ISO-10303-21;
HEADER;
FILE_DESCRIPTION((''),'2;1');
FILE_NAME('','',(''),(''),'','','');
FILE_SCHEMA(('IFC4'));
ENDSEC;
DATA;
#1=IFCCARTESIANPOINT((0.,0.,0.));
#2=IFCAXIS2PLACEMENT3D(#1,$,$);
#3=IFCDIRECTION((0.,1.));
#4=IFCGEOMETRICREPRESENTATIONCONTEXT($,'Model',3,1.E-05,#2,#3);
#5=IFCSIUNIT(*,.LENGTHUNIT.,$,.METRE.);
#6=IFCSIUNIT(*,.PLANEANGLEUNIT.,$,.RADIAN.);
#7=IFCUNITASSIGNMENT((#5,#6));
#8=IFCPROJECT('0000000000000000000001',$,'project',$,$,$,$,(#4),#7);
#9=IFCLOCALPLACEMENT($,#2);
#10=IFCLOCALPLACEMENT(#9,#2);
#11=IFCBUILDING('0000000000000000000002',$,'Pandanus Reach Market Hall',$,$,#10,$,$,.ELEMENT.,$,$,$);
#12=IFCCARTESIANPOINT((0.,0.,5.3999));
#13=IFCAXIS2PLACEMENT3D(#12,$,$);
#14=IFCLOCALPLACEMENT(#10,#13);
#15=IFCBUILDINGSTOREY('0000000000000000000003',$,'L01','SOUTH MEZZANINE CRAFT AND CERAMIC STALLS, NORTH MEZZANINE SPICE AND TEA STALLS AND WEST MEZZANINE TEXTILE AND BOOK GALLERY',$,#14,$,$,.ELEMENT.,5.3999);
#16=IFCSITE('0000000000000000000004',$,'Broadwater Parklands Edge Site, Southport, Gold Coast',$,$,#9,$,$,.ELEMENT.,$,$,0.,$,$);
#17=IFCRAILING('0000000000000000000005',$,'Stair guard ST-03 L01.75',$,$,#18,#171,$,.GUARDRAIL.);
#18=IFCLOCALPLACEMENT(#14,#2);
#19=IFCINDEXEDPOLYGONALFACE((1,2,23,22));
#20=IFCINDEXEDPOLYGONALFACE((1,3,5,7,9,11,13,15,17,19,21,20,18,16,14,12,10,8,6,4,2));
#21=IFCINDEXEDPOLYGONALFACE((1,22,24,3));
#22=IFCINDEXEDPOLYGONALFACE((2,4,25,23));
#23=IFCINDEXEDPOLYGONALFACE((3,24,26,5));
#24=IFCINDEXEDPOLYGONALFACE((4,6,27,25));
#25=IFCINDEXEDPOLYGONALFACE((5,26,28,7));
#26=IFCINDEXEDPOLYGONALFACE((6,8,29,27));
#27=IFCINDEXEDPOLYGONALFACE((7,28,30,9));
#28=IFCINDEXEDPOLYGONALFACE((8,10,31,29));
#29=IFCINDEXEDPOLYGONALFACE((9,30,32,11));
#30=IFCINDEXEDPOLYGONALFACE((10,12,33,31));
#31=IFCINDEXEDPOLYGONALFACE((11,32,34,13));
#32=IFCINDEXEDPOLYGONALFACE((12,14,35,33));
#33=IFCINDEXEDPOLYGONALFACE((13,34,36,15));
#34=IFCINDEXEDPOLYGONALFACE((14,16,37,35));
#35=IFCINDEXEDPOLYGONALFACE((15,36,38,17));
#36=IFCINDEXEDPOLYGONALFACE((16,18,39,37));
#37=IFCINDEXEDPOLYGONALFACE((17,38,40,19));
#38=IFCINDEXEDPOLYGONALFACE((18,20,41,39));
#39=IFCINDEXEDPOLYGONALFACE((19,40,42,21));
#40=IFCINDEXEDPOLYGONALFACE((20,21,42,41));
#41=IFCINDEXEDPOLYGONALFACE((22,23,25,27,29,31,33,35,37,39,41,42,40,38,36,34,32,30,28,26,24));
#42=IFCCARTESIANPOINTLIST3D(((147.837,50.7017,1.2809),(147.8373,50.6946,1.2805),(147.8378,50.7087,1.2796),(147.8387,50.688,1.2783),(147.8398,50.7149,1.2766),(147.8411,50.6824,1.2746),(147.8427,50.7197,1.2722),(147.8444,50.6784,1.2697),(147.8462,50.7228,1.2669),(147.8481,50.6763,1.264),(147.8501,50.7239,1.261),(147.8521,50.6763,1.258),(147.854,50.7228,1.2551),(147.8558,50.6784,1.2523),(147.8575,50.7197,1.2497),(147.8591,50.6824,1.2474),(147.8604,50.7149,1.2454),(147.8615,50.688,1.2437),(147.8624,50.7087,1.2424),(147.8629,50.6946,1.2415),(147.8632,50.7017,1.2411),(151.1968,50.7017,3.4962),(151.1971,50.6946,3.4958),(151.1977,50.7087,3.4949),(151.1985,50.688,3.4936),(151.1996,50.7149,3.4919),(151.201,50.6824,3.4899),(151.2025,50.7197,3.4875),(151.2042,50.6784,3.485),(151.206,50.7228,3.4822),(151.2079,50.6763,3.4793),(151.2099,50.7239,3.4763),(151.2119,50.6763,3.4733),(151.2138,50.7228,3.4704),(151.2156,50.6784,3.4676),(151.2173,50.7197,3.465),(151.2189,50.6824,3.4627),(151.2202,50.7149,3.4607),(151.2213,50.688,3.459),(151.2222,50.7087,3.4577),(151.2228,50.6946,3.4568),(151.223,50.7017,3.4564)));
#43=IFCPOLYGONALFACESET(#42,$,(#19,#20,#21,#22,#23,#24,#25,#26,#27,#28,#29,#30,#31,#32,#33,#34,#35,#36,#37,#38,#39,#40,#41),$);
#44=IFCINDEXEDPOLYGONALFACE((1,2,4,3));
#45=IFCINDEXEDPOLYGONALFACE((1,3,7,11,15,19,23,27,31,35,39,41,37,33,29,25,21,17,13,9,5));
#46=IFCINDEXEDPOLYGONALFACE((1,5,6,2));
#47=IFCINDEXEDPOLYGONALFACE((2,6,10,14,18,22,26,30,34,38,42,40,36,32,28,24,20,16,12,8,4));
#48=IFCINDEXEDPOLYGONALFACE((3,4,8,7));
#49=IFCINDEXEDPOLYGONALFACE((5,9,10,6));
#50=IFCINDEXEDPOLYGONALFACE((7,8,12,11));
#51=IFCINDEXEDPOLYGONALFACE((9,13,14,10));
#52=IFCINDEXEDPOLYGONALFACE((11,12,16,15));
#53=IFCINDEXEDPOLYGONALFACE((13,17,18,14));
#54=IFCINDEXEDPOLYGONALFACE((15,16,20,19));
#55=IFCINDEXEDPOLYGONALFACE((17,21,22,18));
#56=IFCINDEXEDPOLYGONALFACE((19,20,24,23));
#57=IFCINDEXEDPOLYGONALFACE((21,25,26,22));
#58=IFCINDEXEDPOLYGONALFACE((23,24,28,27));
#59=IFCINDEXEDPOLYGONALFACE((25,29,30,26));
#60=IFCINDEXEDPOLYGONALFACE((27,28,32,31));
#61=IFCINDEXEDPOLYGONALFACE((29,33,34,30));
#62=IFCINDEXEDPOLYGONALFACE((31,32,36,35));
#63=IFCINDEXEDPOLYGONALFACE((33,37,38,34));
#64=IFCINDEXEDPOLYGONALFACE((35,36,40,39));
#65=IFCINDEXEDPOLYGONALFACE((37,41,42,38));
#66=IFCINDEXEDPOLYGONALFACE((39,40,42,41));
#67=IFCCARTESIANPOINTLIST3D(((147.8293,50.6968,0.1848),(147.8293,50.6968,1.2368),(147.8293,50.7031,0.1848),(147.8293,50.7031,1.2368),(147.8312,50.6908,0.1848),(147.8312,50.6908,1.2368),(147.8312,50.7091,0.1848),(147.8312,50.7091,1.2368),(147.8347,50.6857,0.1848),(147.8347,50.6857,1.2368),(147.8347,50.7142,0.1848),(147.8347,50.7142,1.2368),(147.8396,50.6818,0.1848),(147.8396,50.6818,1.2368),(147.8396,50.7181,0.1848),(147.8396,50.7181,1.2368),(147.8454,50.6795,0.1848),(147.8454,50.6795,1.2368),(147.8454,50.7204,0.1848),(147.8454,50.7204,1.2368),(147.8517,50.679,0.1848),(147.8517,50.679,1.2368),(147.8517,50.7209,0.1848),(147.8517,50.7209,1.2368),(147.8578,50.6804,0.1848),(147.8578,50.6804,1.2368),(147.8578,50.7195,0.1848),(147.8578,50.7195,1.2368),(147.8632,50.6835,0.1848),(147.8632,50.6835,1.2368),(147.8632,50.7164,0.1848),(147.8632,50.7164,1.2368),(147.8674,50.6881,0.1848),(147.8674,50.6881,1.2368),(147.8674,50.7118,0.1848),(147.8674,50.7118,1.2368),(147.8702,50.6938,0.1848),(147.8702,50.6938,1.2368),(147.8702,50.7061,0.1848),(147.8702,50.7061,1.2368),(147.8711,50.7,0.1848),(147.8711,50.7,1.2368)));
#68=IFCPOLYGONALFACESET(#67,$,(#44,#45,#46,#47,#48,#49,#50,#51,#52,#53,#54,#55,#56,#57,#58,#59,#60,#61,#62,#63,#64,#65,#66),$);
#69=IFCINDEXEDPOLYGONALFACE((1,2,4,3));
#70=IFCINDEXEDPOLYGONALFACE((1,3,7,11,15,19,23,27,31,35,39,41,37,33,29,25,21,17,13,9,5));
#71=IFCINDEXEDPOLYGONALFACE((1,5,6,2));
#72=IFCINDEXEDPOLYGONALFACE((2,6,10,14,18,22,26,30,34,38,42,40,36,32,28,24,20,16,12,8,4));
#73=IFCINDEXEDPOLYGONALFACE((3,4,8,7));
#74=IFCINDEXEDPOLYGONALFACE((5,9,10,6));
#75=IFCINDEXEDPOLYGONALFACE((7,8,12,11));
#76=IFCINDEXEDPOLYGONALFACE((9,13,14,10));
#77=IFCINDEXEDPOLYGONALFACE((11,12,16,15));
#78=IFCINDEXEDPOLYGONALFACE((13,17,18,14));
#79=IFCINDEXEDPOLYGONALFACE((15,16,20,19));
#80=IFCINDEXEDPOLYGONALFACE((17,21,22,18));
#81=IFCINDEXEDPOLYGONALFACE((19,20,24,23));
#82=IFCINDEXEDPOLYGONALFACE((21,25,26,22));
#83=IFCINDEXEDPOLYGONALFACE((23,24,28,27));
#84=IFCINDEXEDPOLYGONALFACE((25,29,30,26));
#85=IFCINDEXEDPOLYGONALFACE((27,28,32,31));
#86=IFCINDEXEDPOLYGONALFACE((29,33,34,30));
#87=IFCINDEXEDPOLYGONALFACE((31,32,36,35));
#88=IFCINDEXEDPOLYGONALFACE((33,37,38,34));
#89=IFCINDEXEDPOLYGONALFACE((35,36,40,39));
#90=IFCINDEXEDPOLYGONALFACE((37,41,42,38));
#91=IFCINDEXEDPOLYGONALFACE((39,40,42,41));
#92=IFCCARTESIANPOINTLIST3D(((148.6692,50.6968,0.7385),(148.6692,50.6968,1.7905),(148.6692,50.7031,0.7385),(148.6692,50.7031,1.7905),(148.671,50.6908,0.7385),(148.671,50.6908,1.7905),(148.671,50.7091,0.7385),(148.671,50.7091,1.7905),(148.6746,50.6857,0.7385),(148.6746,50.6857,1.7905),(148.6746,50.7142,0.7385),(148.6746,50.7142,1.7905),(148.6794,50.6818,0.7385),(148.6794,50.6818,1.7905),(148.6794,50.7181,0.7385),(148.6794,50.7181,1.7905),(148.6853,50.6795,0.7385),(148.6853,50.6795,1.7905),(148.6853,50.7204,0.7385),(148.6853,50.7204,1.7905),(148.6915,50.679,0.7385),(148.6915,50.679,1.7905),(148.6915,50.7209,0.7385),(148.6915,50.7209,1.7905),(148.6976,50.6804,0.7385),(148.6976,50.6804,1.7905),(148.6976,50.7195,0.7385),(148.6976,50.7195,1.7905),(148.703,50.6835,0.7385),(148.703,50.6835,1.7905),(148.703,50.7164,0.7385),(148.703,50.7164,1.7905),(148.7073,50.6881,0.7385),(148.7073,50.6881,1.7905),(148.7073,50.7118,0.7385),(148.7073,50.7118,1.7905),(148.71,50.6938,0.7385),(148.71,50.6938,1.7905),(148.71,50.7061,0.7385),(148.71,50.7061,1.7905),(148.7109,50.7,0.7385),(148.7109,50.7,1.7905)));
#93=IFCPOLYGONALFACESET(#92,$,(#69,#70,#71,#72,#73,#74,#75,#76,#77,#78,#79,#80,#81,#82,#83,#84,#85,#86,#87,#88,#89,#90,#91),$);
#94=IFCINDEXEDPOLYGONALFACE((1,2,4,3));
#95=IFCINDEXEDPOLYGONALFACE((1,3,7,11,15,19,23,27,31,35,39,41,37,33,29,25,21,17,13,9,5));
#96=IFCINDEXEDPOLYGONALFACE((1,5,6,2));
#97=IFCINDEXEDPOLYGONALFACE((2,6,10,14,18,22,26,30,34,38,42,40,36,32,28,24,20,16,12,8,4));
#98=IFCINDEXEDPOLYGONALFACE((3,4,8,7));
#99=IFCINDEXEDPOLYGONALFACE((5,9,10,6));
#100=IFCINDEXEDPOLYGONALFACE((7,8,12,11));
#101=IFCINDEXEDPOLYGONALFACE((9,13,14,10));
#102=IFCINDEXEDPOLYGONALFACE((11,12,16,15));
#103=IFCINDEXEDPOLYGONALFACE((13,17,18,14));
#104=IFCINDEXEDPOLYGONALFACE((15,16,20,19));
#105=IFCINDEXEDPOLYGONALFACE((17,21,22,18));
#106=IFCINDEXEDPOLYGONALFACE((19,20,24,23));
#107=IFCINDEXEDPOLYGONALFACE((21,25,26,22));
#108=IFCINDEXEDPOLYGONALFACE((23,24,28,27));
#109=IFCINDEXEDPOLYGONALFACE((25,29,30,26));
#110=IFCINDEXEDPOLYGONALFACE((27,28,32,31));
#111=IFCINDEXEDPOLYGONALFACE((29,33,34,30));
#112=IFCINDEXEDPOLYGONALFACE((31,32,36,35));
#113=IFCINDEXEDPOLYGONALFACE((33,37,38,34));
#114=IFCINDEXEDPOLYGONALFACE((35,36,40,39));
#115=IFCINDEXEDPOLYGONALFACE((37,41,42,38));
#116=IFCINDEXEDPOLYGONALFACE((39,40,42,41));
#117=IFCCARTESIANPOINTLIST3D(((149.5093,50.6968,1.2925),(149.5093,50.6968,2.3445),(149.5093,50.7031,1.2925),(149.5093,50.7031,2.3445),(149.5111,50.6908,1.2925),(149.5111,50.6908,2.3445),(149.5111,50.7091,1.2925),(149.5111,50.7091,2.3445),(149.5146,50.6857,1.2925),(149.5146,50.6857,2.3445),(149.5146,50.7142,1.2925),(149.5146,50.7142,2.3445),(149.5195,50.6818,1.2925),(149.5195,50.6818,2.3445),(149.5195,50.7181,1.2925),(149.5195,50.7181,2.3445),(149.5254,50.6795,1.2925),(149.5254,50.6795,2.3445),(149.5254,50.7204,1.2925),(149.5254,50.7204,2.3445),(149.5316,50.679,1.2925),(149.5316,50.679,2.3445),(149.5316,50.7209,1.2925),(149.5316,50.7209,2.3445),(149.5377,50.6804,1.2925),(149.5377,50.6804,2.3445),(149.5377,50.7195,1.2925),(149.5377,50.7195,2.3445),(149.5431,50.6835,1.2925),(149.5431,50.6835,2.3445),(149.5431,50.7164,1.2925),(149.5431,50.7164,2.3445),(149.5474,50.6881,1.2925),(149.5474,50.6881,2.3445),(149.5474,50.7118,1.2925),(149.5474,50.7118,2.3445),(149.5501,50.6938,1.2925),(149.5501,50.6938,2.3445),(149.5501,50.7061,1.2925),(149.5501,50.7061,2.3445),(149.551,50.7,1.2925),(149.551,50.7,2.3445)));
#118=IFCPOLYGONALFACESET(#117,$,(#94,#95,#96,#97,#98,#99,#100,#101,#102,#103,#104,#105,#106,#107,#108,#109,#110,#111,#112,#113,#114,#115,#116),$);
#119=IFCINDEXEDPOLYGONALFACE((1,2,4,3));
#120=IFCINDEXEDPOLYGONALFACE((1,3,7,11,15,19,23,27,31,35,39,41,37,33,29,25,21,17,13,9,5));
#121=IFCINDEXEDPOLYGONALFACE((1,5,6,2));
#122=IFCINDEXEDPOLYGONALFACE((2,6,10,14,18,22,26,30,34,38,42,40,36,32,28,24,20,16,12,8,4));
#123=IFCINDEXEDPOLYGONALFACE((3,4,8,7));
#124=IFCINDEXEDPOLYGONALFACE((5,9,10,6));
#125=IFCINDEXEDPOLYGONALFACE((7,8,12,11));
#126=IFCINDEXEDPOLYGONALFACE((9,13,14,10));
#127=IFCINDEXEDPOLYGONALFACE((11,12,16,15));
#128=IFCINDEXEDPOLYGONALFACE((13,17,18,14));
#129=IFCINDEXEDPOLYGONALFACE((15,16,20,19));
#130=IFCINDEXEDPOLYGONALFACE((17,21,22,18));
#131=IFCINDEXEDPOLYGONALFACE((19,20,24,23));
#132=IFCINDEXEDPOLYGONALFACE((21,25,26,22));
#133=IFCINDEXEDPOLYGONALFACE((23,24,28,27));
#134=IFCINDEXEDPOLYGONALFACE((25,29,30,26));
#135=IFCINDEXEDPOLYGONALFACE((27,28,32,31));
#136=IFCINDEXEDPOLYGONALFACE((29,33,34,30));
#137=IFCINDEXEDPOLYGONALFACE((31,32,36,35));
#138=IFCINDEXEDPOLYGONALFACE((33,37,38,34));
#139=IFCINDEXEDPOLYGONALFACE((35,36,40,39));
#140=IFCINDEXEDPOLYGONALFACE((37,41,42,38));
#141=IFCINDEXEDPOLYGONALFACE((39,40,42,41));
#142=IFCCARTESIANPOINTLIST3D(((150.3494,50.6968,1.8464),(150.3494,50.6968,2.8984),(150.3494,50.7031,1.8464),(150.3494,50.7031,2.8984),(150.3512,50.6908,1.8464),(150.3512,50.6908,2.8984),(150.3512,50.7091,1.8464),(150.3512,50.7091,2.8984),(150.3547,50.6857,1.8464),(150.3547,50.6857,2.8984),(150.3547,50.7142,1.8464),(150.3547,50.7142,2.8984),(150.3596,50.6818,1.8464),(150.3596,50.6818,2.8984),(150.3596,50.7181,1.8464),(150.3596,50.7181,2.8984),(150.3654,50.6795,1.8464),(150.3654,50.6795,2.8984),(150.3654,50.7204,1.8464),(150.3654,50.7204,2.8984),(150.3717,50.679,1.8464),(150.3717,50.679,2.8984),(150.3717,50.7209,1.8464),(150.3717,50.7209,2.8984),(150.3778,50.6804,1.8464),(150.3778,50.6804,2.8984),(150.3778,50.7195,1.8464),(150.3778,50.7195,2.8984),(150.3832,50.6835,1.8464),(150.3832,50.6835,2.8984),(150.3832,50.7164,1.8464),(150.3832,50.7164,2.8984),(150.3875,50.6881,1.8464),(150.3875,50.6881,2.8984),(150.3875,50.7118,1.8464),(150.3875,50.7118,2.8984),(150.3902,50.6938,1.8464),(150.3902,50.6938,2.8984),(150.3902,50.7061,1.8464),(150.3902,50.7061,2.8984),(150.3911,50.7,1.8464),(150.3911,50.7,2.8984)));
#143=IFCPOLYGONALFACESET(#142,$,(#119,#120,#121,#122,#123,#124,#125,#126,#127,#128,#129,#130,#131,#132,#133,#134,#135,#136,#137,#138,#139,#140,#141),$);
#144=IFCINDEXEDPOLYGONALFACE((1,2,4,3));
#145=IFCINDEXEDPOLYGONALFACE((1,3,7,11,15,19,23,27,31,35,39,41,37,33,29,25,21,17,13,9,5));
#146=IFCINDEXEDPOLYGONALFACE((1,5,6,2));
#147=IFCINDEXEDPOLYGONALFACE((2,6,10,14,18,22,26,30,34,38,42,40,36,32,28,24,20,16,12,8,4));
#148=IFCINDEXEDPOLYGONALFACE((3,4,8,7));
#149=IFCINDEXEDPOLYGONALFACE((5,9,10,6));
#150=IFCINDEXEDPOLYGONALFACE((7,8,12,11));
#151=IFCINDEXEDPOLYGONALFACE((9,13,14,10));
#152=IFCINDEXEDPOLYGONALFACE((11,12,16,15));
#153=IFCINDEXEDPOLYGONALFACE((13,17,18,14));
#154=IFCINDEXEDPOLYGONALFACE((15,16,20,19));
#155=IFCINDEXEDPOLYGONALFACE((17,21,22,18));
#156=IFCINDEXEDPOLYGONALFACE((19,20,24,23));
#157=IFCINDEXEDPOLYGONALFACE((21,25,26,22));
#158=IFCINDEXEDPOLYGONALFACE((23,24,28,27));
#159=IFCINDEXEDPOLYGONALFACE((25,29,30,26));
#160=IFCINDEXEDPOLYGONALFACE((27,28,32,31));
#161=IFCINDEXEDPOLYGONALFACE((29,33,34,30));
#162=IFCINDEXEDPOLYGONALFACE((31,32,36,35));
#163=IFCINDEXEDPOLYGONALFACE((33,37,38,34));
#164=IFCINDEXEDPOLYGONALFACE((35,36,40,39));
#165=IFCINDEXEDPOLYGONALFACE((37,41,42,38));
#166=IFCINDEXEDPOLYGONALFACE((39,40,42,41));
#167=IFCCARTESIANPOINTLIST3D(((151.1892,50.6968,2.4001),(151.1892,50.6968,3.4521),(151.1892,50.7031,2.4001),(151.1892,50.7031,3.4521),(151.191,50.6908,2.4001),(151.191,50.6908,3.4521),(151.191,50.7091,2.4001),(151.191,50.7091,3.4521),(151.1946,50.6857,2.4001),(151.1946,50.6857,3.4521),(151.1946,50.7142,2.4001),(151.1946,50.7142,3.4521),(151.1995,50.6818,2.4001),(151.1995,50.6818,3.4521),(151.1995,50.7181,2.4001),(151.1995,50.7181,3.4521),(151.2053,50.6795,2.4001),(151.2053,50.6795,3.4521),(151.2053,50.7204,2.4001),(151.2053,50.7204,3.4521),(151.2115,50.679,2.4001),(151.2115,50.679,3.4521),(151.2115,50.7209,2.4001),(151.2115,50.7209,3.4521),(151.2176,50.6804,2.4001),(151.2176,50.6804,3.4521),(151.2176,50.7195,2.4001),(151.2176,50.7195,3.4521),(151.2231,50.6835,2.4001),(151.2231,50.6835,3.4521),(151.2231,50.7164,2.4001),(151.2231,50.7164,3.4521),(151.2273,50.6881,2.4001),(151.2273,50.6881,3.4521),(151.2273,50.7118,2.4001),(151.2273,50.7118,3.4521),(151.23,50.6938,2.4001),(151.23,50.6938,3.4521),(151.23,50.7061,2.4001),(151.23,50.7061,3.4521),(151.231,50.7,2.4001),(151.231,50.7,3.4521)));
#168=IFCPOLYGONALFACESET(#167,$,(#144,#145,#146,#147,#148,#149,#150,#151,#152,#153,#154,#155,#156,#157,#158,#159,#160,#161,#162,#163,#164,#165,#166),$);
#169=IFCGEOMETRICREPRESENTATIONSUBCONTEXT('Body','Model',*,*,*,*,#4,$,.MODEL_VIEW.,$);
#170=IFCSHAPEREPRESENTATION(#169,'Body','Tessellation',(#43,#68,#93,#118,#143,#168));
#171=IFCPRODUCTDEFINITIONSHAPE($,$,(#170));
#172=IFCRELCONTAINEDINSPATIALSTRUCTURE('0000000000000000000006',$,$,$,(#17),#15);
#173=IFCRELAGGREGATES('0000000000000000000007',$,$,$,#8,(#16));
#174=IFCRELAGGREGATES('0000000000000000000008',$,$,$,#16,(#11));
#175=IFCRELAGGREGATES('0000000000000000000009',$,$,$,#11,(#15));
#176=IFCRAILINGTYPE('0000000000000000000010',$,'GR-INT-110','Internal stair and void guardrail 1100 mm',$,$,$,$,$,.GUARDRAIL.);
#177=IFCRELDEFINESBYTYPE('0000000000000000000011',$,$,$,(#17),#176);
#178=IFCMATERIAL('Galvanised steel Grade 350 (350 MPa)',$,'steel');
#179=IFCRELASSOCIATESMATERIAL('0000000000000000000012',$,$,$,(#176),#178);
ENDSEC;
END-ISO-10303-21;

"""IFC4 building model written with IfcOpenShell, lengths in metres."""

from ifc_helpers import new_model, si_unit, direction, frame, origin, origin_2d, place, context, subcontext, project, spatial, circle, extrude, material, type_object, element, save


model = new_model("IFC4")

# Units and contexts
model_context = context("Model", 3, precision=1e-05, world=origin(), true_north=direction((0.0, 1.0)))
body_context = subcontext(model_context, "Body", "Model", "MODEL_VIEW")
ifc_project = project(units=[si_unit("LENGTHUNIT", "METRE"), si_unit("PLANEANGLEUNIT", "RADIAN")], contexts=[model_context])

# Site, building, storey
site_placement = place(None, origin())
site = spatial("IfcSite", under=ifc_project, at=site_placement, Name="Broadwater Parklands Edge Site, Southport, Gold Coast", CompositionType="ELEMENT", RefElevation=0.0)
building_placement = place(site_placement, origin())
building = spatial("IfcBuilding", under=site, at=building_placement, Name="Pandanus Reach Market Hall", CompositionType="ELEMENT")
storey_placement = place(building_placement, frame((0.0, 0.0, 5.3999)))
storey = spatial("IfcBuildingStorey", under=building, at=storey_placement, Name="L01", Description="SOUTH MEZZANINE CRAFT AND CERAMIC STALLS, NORTH MEZZANINE SPICE AND TEA STALLS AND WEST MEZZANINE TEXTILE AND BOOK GALLERY", CompositionType="ELEMENT", Elevation=5.3999)

# Railing
ifc_material_1 = material(Name="Galvanised steel Grade 350 (350 MPa)", Category="steel")
railing_type_1 = type_object("IfcRailingType", Name="GR-INT-110", Description="Internal stair and void guardrail 1100 mm", PredefinedType="GUARDRAIL", material=ifc_material_1)
railing_1_placement = place(storey_placement, frame((147.8501, 50.7, 0.1848)))
element("IfcRailing", 1, at=railing_1_placement, inside=storey, type_object=railing_type_1, Name="Stair guard ST-03 L01.75", PredefinedType="GUARDRAIL", context=body_context, shape_type="SweptSolid", body=[
    extrude(circle(Radius=0.0239, at=origin_2d()), frame((0.0, 0.0, 1.0762), z_axis=(0.834858, 0.0, 0.550465), x_axis=(0.0, 1.0, 0.0)), (0.0, 0.0, 1.0), 4.0244),
    extrude(circle(Radius=0.021, at=origin_2d()), origin(), (0.0, 0.0, 1.0), 1.052),
    extrude(circle(Radius=0.021, at=origin_2d()), frame((0.8398, 0.0, 0.5537)), (0.0, 0.0, 1.0), 1.052),
    extrude(circle(Radius=0.021, at=origin_2d()), frame((1.6799, 0.0, 1.1077)), (0.0, 0.0, 1.0), 1.052),
    extrude(circle(Radius=0.021, at=origin_2d()), frame((2.52, 0.0, 1.6616)), (0.0, 0.0, 1.0), 1.052),
    extrude(circle(Radius=0.021, at=origin_2d()), frame((3.3599, 0.0, 2.2153)), (0.0, 0.0, 1.0), 1.052),
])

save(model, "model.ifc")
